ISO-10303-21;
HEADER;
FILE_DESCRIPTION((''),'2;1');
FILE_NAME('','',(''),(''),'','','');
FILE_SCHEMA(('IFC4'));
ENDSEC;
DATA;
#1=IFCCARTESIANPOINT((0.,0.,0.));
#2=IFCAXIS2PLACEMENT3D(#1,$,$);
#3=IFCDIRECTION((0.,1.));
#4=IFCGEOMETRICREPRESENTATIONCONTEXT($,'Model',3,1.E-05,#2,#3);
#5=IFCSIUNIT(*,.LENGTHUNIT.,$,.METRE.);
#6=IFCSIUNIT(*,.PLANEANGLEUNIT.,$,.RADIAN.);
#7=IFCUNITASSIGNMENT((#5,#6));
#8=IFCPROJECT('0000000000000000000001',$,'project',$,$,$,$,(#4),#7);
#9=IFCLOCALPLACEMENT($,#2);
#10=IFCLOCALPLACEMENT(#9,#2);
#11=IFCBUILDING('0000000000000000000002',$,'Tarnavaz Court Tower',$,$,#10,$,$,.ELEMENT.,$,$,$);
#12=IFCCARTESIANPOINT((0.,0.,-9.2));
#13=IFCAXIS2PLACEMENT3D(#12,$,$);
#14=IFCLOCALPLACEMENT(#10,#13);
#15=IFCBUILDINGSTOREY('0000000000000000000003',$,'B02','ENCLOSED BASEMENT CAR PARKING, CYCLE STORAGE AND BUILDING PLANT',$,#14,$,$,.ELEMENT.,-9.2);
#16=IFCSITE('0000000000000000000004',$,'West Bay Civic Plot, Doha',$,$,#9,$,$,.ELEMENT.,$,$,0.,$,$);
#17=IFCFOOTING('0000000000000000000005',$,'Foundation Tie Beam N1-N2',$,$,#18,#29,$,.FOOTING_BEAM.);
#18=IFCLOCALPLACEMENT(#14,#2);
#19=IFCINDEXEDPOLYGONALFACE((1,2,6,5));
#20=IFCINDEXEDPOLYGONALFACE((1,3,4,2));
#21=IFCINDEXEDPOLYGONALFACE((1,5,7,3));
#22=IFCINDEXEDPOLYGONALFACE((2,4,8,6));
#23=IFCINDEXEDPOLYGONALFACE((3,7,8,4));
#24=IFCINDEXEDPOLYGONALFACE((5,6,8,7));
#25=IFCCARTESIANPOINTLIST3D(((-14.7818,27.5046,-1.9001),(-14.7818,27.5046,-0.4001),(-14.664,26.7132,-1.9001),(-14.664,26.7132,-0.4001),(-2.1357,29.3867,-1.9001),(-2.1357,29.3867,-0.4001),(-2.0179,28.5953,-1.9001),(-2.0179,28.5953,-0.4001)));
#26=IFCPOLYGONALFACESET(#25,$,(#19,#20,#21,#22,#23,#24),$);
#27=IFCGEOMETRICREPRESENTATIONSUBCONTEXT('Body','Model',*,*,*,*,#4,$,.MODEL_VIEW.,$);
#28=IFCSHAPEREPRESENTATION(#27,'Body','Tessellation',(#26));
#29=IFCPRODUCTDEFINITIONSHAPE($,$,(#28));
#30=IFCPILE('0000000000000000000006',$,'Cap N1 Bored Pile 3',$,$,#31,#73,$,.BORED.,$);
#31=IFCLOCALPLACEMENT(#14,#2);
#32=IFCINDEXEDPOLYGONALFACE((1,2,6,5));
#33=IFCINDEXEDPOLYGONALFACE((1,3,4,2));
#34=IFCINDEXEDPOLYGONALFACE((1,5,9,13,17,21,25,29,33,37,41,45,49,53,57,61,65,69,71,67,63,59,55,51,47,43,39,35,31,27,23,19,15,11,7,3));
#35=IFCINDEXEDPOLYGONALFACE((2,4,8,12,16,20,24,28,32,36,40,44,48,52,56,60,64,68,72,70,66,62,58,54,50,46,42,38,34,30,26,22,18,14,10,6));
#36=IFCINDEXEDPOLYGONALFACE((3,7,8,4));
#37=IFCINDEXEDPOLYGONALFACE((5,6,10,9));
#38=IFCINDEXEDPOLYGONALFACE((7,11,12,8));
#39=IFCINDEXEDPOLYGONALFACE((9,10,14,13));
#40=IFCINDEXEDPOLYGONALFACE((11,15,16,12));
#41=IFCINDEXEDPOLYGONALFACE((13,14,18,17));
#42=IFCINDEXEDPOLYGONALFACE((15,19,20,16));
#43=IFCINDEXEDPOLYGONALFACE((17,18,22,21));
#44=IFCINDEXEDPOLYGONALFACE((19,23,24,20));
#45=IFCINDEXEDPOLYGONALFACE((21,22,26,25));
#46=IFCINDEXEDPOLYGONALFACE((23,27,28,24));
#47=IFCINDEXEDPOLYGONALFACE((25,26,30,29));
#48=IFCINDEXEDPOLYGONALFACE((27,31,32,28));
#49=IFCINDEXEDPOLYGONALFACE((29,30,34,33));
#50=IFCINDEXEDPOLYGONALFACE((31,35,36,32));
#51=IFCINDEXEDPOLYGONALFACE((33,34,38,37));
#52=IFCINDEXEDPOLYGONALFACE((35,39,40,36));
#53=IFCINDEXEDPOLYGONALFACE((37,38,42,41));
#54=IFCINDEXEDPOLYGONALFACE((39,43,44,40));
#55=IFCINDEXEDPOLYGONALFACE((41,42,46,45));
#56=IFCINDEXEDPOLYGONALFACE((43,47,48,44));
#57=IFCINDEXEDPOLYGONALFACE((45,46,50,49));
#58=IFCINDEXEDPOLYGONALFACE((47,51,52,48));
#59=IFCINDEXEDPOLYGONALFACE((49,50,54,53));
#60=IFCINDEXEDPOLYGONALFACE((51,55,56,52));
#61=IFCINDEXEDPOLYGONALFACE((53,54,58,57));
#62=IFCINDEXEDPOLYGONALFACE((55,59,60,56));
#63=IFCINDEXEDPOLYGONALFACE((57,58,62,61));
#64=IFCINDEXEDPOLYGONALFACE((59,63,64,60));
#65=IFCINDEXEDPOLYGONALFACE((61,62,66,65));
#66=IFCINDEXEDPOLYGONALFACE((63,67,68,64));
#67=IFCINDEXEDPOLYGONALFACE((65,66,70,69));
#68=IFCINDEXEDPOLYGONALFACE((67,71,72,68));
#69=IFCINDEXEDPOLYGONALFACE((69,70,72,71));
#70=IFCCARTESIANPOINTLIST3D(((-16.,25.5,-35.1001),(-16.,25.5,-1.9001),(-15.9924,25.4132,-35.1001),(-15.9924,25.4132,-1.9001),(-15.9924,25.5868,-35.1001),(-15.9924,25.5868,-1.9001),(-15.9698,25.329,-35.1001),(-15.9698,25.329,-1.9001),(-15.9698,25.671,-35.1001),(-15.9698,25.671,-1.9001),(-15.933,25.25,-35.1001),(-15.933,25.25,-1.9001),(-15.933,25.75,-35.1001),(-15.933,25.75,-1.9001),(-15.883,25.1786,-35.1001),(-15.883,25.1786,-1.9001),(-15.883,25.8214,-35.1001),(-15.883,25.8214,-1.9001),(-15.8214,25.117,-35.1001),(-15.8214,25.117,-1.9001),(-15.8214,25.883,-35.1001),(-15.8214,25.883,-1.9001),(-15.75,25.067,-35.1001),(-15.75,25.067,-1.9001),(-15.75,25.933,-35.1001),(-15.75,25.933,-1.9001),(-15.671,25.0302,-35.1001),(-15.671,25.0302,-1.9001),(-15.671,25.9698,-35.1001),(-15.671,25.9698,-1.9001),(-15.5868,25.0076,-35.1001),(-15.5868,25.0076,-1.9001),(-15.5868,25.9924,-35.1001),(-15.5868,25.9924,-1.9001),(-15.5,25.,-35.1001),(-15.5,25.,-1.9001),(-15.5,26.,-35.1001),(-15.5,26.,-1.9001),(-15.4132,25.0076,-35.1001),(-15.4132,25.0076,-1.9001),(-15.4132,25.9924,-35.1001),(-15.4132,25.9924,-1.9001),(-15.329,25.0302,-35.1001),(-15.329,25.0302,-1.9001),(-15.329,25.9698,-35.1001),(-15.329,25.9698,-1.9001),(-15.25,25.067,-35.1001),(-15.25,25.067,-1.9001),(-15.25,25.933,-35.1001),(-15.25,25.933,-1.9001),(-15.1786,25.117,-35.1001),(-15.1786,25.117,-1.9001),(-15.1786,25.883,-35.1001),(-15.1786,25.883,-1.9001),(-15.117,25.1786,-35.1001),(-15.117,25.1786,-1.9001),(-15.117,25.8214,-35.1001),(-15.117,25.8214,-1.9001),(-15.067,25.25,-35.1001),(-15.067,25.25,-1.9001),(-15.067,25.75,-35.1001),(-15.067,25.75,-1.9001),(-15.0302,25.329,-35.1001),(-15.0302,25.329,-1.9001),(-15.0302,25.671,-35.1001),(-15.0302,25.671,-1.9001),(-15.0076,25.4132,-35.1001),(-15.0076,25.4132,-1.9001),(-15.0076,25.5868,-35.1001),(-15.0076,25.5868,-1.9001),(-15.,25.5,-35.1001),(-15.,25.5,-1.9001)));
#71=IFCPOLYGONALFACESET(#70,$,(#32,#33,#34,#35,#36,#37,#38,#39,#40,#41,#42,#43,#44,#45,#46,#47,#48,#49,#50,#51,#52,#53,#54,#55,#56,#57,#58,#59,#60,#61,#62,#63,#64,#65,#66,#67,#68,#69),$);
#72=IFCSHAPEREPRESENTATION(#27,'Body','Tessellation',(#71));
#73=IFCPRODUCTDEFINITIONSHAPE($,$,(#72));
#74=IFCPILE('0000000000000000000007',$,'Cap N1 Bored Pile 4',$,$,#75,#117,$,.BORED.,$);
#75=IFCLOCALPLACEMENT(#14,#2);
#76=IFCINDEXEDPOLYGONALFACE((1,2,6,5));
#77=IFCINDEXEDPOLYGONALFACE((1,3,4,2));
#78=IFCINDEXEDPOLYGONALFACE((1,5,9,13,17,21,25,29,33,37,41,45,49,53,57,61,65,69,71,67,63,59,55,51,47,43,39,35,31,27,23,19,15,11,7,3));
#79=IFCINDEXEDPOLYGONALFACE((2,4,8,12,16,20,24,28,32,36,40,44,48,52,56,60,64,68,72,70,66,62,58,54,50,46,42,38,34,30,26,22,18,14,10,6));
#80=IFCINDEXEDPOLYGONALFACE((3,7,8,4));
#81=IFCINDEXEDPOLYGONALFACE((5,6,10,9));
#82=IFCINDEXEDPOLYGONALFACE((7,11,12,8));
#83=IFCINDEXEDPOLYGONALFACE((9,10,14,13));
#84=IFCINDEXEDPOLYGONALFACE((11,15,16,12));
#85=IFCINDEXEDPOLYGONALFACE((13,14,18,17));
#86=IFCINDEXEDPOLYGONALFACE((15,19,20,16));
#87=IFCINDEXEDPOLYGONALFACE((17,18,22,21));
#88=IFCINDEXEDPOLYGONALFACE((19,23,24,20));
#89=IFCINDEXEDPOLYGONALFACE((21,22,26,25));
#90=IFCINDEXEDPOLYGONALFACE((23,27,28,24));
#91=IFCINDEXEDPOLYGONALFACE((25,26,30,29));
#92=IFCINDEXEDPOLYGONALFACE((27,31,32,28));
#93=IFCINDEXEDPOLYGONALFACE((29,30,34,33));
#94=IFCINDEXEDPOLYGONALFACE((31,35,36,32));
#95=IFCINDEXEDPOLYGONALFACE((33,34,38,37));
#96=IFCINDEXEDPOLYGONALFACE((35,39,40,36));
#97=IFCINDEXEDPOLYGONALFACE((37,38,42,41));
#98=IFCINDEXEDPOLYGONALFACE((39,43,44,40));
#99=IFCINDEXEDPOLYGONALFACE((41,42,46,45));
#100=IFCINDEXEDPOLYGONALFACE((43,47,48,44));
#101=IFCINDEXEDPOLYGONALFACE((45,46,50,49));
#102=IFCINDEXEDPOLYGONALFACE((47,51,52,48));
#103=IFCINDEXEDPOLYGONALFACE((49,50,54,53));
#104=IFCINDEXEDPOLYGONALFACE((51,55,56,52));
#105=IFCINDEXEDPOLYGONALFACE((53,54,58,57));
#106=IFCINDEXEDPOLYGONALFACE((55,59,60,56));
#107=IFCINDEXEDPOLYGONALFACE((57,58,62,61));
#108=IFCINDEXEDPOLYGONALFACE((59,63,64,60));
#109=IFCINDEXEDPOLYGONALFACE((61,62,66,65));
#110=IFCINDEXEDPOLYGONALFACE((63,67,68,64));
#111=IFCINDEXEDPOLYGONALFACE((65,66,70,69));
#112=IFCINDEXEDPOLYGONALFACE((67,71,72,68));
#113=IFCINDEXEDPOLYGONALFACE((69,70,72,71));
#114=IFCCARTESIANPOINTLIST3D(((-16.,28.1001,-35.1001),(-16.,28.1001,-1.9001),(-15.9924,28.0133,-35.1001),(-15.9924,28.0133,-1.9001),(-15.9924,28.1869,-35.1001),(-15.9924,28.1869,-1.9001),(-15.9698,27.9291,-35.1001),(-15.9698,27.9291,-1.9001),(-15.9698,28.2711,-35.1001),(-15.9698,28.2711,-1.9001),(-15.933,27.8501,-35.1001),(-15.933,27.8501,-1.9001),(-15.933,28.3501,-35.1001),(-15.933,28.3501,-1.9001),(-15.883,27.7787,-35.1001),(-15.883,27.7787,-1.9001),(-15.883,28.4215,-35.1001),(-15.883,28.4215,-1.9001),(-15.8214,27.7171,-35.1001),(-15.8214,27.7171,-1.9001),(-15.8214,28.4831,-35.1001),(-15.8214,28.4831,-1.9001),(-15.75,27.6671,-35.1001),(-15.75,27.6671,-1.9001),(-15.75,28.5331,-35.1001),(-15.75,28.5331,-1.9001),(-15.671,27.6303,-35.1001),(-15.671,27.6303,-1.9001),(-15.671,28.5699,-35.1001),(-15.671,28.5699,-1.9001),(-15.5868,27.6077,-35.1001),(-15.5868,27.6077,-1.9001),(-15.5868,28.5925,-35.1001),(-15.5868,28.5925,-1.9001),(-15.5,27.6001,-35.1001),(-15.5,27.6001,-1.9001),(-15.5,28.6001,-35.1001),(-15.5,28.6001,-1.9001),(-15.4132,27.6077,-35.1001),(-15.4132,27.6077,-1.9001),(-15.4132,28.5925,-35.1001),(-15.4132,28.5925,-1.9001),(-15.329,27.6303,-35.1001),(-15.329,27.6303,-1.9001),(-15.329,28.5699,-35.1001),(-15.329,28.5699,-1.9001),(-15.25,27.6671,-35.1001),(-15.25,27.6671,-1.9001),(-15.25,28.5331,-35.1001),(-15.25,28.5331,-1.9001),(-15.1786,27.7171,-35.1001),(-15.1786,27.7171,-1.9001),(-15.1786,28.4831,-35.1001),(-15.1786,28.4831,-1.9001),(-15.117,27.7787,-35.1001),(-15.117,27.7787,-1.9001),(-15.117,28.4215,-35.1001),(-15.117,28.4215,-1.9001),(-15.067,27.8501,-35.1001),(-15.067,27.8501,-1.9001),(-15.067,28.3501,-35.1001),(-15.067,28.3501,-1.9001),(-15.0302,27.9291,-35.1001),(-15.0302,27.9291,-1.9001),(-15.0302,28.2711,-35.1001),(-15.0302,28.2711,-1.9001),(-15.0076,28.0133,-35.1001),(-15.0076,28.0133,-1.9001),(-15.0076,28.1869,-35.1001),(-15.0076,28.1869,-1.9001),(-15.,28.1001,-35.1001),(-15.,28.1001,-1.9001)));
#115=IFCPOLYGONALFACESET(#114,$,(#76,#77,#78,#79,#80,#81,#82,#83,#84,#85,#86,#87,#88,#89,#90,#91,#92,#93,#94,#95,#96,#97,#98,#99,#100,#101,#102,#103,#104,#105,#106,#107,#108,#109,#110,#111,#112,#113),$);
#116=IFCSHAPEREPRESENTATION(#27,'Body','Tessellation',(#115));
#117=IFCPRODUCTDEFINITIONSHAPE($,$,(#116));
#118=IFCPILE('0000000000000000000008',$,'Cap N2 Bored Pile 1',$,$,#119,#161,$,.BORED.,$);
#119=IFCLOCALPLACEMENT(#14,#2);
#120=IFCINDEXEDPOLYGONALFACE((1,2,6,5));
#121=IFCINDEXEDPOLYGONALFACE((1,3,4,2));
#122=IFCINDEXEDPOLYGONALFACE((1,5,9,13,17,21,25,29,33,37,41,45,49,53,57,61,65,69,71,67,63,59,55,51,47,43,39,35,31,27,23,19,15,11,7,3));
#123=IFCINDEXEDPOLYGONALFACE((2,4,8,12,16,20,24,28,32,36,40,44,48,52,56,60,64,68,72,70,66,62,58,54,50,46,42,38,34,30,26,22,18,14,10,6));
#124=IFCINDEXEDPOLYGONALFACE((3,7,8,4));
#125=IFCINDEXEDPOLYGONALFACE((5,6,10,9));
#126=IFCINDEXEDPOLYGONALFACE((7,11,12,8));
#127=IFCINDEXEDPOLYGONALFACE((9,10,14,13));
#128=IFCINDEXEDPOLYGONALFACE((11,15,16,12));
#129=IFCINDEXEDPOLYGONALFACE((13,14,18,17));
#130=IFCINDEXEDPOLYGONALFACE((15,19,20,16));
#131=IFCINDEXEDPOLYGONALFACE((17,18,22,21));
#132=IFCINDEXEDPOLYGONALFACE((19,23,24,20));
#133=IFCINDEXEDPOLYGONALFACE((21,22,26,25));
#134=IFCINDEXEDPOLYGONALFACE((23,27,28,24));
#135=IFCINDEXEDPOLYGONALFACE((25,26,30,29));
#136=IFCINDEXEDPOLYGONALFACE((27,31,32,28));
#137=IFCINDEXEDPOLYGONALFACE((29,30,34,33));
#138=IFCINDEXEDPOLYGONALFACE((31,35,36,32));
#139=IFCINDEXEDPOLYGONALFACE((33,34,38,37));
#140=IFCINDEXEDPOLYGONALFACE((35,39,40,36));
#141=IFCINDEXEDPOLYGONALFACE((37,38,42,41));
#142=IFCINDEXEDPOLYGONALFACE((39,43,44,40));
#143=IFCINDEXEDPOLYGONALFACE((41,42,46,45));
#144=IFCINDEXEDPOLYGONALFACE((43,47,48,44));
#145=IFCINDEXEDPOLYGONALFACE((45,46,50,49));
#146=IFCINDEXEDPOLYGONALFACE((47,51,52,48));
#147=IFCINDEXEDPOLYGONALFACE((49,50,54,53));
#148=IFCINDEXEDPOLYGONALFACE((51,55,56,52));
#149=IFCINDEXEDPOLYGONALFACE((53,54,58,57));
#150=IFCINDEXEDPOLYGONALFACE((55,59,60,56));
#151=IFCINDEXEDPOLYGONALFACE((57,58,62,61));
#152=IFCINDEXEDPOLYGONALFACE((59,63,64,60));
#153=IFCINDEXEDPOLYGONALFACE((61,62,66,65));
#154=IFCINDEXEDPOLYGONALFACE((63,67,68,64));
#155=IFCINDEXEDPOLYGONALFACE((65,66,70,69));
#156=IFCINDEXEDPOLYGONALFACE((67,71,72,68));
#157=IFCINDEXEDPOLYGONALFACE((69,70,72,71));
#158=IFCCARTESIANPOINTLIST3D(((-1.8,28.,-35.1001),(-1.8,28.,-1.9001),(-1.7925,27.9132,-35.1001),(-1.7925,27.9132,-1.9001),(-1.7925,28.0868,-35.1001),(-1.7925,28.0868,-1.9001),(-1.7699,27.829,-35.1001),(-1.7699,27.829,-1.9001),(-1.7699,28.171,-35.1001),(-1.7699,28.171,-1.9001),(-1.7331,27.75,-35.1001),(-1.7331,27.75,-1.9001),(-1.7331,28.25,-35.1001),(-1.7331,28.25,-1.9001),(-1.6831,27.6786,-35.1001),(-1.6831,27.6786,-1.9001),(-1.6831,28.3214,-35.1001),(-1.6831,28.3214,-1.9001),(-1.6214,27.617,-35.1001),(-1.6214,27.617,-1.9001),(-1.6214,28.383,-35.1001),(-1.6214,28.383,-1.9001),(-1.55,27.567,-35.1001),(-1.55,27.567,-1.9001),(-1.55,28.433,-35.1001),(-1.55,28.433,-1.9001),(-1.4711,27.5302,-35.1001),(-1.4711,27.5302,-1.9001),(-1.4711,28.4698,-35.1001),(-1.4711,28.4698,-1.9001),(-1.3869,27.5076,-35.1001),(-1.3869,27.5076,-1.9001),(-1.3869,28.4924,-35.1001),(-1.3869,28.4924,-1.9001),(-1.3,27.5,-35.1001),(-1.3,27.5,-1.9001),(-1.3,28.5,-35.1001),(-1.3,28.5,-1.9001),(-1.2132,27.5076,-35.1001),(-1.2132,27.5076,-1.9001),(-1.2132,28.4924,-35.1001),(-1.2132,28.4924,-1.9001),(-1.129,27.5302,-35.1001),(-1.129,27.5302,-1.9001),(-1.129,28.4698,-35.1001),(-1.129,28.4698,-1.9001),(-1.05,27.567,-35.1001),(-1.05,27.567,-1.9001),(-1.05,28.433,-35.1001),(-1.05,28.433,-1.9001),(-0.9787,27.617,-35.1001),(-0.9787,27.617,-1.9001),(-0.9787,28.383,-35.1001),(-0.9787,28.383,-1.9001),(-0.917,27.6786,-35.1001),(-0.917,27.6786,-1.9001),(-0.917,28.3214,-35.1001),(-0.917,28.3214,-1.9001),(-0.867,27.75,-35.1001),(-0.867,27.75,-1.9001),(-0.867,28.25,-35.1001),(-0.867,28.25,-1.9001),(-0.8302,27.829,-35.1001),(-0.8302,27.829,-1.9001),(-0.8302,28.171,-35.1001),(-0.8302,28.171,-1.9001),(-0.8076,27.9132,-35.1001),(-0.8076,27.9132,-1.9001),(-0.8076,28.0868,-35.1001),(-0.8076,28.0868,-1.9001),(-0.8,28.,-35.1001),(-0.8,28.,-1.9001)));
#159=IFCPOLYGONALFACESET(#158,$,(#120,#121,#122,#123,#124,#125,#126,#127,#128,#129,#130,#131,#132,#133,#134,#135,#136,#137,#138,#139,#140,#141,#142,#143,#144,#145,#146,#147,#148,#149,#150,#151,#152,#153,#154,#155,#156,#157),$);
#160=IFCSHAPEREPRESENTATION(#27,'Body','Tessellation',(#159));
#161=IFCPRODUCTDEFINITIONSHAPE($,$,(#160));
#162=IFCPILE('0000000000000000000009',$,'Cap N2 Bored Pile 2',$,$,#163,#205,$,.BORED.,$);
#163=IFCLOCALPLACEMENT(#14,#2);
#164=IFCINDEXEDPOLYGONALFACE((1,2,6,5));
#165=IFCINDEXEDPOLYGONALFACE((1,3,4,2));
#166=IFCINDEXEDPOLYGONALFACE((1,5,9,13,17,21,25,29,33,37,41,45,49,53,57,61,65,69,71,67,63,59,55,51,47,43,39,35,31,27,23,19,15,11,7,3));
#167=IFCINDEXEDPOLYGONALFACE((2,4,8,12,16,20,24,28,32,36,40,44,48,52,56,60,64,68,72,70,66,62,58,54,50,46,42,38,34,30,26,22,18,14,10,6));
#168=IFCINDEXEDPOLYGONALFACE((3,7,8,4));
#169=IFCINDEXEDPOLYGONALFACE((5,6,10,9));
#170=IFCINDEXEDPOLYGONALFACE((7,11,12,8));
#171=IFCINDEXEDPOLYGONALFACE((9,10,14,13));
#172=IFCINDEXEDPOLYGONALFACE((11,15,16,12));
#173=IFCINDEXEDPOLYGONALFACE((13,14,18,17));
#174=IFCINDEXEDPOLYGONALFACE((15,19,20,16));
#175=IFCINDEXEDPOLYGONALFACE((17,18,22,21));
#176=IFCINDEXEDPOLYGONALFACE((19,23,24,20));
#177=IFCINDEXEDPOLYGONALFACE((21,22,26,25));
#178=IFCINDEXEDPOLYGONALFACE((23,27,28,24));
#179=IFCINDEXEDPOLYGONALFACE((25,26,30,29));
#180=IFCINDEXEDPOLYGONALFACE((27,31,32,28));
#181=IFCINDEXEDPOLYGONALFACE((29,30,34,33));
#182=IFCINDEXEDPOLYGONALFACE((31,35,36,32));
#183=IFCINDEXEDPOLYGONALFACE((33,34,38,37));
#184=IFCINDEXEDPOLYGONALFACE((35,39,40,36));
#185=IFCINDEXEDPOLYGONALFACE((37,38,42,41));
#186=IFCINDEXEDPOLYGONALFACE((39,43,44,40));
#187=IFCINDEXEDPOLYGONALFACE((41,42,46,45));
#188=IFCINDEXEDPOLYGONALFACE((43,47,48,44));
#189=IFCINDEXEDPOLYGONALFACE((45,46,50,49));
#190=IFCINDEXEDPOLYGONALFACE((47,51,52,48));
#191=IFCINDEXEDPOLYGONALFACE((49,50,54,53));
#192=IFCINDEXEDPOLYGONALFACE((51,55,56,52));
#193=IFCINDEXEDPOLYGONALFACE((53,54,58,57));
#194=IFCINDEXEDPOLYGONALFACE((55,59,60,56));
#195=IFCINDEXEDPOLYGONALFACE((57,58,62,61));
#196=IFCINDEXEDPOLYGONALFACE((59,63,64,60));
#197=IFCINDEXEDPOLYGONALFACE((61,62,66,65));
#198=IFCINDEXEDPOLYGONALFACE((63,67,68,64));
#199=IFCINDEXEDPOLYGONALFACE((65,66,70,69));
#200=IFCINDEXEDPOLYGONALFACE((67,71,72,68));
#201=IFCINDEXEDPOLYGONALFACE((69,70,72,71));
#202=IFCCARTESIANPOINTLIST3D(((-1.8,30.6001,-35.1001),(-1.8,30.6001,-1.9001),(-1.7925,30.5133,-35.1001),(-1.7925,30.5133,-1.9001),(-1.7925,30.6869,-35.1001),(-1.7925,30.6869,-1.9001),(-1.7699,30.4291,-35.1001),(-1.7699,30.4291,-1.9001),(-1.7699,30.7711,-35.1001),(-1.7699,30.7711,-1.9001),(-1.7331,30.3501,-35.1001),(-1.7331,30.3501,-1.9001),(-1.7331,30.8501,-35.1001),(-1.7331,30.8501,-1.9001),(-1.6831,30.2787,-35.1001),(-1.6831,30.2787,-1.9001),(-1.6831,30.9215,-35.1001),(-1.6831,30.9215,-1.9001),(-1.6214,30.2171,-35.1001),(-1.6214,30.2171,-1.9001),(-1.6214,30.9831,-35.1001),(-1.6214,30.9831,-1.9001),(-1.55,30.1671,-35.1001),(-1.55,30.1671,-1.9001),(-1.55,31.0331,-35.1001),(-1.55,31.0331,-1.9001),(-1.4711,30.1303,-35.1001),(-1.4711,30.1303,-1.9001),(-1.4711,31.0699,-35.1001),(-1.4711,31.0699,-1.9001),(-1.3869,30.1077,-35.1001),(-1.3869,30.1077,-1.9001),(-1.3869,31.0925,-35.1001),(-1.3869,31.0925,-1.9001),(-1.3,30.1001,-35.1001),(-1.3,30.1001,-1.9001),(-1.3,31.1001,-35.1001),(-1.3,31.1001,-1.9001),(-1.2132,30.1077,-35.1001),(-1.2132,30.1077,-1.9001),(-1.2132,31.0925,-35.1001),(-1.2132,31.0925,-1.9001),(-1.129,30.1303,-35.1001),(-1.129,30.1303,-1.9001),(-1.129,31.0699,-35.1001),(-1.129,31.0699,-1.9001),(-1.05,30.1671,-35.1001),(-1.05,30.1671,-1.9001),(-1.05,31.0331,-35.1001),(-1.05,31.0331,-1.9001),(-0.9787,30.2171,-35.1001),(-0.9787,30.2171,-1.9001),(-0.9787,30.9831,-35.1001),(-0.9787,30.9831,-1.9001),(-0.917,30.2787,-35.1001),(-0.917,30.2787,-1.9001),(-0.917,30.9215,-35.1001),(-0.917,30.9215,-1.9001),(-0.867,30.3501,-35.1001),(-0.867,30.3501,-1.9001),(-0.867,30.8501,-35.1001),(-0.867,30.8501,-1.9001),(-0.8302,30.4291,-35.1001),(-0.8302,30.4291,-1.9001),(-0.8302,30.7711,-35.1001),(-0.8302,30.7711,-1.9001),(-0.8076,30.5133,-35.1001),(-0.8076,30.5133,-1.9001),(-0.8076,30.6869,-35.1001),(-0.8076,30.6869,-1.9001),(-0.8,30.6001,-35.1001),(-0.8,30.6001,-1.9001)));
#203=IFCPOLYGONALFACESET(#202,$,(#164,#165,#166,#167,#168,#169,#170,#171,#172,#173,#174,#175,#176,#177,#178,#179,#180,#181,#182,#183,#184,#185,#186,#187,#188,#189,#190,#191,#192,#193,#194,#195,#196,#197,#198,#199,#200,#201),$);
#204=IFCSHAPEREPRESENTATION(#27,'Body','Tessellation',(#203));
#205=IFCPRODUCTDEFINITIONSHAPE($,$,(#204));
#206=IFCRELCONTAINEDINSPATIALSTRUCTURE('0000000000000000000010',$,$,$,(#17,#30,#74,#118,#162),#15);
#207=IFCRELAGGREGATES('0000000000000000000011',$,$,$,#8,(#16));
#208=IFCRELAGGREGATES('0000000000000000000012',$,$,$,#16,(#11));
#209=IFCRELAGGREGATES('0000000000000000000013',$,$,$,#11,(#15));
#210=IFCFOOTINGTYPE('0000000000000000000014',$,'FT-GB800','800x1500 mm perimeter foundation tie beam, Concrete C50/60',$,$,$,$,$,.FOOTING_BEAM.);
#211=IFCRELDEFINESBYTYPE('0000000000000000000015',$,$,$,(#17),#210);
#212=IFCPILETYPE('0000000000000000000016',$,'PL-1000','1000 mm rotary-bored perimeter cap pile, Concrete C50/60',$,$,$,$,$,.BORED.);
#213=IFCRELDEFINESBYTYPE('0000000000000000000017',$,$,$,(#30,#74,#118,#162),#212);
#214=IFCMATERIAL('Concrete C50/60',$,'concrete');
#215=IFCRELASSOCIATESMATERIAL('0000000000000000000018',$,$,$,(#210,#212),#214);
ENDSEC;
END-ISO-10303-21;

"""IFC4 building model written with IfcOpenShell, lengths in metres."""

from ifc_helpers import new_model, si_unit, direction, frame, origin, origin_2d, place, context, subcontext, project, spatial, rectangle, circle, extrude, material, material_profile, profile_set, type_object, element, save


model = new_model("IFC4")

# Units and contexts
model_context = context("Model", 3, precision=1e-05, world=origin(), true_north=direction((0.0, 1.0)))
body_context = subcontext(model_context, "Body", "Model", "MODEL_VIEW")
ifc_project = project(units=[si_unit("LENGTHUNIT", "METRE"), si_unit("PLANEANGLEUNIT", "RADIAN")], contexts=[model_context])

# Site, building, storey
site_placement = place(None, origin())
site = spatial("IfcSite", under=ifc_project, at=site_placement, Name="West Bay Civic Plot, Doha", CompositionType="ELEMENT", RefElevation=0.0)
building_placement = place(site_placement, origin())
building = spatial("IfcBuilding", under=site, at=building_placement, Name="Tarnavaz Court Tower", CompositionType="ELEMENT")
storey_placement = place(building_placement, frame((0.0, 0.0, -9.2)))
storey = spatial("IfcBuildingStorey", under=building, at=storey_placement, Name="B02", Description="ENCLOSED BASEMENT CAR PARKING, CYCLE STORAGE AND BUILDING PLANT", CompositionType="ELEMENT", Elevation=-9.2)

# Footing
ifc_material_1 = material(Name="Concrete C50/60", Category="concrete")
ifc_material_profile_1 = material_profile(ifc_material_1, rectangle(XDim=0.8, YDim=1.5, at=origin_2d()), Name="RC 800X1500")
ifc_profile_set_1 = profile_set([ifc_material_profile_1], Name="Concrete C50/60")
footing_type = type_object("IfcFootingType", Name="FT-GB800", Description="800x1500 mm perimeter foundation tie beam, Concrete C50/60", PredefinedType="FOOTING_BEAM", material=ifc_profile_set_1)
footing_placement = place(storey_placement, frame((-14.7229, 27.1089, -1.1501), z_axis=(0.989106, 0.147207, 0.0), x_axis=(-0.147207, 0.989106, 0.0)))
element("IfcFooting", 1, at=footing_placement, inside=storey, type_object=footing_type, Name="Foundation Tie Beam N1-N2", PredefinedType="FOOTING_BEAM", context=body_context, shape_type="SweptSolid", body=[
    extrude(rectangle(XDim=0.8, YDim=1.5, at=origin_2d()), origin(), (0.0, 0.0, 1.0), 12.7854),
])

# Piles
ifc_material_profile_2 = material_profile(ifc_material_1, circle(Radius=0.5, at=origin_2d()), Name="PILE D1000")
ifc_profile_set_2 = profile_set([ifc_material_profile_2], Name="Concrete C50/60")
pile_type_1 = type_object("IfcPileType", Name="PL-1000", Description="1000 mm rotary-bored perimeter cap pile, Concrete C50/60", PredefinedType="BORED", material=ifc_profile_set_2)
for number, where, z_axis, x_axis, name in (
    (2, (-15.5, 25.5, -1.9001), (0.0, 0.0, -1.0), (1.0, 0.0, 0.0), "Cap N1 Bored Pile 3"),
    (3, (-15.5, 28.1001, -1.9001), (0.0, 0.0, -1.0), (1.0, 0.0, 0.0), "Cap N1 Bored Pile 4"),
    (4, (-1.3, 28.0, -1.9001), (0.0, 0.0, -1.0), (1.0, 0.0, 0.0), "Cap N2 Bored Pile 1"),
    (5, (-1.3, 30.6001, -1.9001), (0.0, 0.0, -1.0), (1.0, 0.0, 0.0), "Cap N2 Bored Pile 2"),
):
    element("IfcPile", number, at=place(storey_placement, frame(where, z_axis=z_axis, x_axis=x_axis)), inside=storey, type_object=pile_type_1, Name=name, PredefinedType="BORED", context=body_context, shape_type="SweptSolid", body=[
        extrude(circle(Radius=0.5, at=origin_2d()), origin(), (0.0, 0.0, 1.0), 33.2),
    ])

save(model, "model.ifc")
